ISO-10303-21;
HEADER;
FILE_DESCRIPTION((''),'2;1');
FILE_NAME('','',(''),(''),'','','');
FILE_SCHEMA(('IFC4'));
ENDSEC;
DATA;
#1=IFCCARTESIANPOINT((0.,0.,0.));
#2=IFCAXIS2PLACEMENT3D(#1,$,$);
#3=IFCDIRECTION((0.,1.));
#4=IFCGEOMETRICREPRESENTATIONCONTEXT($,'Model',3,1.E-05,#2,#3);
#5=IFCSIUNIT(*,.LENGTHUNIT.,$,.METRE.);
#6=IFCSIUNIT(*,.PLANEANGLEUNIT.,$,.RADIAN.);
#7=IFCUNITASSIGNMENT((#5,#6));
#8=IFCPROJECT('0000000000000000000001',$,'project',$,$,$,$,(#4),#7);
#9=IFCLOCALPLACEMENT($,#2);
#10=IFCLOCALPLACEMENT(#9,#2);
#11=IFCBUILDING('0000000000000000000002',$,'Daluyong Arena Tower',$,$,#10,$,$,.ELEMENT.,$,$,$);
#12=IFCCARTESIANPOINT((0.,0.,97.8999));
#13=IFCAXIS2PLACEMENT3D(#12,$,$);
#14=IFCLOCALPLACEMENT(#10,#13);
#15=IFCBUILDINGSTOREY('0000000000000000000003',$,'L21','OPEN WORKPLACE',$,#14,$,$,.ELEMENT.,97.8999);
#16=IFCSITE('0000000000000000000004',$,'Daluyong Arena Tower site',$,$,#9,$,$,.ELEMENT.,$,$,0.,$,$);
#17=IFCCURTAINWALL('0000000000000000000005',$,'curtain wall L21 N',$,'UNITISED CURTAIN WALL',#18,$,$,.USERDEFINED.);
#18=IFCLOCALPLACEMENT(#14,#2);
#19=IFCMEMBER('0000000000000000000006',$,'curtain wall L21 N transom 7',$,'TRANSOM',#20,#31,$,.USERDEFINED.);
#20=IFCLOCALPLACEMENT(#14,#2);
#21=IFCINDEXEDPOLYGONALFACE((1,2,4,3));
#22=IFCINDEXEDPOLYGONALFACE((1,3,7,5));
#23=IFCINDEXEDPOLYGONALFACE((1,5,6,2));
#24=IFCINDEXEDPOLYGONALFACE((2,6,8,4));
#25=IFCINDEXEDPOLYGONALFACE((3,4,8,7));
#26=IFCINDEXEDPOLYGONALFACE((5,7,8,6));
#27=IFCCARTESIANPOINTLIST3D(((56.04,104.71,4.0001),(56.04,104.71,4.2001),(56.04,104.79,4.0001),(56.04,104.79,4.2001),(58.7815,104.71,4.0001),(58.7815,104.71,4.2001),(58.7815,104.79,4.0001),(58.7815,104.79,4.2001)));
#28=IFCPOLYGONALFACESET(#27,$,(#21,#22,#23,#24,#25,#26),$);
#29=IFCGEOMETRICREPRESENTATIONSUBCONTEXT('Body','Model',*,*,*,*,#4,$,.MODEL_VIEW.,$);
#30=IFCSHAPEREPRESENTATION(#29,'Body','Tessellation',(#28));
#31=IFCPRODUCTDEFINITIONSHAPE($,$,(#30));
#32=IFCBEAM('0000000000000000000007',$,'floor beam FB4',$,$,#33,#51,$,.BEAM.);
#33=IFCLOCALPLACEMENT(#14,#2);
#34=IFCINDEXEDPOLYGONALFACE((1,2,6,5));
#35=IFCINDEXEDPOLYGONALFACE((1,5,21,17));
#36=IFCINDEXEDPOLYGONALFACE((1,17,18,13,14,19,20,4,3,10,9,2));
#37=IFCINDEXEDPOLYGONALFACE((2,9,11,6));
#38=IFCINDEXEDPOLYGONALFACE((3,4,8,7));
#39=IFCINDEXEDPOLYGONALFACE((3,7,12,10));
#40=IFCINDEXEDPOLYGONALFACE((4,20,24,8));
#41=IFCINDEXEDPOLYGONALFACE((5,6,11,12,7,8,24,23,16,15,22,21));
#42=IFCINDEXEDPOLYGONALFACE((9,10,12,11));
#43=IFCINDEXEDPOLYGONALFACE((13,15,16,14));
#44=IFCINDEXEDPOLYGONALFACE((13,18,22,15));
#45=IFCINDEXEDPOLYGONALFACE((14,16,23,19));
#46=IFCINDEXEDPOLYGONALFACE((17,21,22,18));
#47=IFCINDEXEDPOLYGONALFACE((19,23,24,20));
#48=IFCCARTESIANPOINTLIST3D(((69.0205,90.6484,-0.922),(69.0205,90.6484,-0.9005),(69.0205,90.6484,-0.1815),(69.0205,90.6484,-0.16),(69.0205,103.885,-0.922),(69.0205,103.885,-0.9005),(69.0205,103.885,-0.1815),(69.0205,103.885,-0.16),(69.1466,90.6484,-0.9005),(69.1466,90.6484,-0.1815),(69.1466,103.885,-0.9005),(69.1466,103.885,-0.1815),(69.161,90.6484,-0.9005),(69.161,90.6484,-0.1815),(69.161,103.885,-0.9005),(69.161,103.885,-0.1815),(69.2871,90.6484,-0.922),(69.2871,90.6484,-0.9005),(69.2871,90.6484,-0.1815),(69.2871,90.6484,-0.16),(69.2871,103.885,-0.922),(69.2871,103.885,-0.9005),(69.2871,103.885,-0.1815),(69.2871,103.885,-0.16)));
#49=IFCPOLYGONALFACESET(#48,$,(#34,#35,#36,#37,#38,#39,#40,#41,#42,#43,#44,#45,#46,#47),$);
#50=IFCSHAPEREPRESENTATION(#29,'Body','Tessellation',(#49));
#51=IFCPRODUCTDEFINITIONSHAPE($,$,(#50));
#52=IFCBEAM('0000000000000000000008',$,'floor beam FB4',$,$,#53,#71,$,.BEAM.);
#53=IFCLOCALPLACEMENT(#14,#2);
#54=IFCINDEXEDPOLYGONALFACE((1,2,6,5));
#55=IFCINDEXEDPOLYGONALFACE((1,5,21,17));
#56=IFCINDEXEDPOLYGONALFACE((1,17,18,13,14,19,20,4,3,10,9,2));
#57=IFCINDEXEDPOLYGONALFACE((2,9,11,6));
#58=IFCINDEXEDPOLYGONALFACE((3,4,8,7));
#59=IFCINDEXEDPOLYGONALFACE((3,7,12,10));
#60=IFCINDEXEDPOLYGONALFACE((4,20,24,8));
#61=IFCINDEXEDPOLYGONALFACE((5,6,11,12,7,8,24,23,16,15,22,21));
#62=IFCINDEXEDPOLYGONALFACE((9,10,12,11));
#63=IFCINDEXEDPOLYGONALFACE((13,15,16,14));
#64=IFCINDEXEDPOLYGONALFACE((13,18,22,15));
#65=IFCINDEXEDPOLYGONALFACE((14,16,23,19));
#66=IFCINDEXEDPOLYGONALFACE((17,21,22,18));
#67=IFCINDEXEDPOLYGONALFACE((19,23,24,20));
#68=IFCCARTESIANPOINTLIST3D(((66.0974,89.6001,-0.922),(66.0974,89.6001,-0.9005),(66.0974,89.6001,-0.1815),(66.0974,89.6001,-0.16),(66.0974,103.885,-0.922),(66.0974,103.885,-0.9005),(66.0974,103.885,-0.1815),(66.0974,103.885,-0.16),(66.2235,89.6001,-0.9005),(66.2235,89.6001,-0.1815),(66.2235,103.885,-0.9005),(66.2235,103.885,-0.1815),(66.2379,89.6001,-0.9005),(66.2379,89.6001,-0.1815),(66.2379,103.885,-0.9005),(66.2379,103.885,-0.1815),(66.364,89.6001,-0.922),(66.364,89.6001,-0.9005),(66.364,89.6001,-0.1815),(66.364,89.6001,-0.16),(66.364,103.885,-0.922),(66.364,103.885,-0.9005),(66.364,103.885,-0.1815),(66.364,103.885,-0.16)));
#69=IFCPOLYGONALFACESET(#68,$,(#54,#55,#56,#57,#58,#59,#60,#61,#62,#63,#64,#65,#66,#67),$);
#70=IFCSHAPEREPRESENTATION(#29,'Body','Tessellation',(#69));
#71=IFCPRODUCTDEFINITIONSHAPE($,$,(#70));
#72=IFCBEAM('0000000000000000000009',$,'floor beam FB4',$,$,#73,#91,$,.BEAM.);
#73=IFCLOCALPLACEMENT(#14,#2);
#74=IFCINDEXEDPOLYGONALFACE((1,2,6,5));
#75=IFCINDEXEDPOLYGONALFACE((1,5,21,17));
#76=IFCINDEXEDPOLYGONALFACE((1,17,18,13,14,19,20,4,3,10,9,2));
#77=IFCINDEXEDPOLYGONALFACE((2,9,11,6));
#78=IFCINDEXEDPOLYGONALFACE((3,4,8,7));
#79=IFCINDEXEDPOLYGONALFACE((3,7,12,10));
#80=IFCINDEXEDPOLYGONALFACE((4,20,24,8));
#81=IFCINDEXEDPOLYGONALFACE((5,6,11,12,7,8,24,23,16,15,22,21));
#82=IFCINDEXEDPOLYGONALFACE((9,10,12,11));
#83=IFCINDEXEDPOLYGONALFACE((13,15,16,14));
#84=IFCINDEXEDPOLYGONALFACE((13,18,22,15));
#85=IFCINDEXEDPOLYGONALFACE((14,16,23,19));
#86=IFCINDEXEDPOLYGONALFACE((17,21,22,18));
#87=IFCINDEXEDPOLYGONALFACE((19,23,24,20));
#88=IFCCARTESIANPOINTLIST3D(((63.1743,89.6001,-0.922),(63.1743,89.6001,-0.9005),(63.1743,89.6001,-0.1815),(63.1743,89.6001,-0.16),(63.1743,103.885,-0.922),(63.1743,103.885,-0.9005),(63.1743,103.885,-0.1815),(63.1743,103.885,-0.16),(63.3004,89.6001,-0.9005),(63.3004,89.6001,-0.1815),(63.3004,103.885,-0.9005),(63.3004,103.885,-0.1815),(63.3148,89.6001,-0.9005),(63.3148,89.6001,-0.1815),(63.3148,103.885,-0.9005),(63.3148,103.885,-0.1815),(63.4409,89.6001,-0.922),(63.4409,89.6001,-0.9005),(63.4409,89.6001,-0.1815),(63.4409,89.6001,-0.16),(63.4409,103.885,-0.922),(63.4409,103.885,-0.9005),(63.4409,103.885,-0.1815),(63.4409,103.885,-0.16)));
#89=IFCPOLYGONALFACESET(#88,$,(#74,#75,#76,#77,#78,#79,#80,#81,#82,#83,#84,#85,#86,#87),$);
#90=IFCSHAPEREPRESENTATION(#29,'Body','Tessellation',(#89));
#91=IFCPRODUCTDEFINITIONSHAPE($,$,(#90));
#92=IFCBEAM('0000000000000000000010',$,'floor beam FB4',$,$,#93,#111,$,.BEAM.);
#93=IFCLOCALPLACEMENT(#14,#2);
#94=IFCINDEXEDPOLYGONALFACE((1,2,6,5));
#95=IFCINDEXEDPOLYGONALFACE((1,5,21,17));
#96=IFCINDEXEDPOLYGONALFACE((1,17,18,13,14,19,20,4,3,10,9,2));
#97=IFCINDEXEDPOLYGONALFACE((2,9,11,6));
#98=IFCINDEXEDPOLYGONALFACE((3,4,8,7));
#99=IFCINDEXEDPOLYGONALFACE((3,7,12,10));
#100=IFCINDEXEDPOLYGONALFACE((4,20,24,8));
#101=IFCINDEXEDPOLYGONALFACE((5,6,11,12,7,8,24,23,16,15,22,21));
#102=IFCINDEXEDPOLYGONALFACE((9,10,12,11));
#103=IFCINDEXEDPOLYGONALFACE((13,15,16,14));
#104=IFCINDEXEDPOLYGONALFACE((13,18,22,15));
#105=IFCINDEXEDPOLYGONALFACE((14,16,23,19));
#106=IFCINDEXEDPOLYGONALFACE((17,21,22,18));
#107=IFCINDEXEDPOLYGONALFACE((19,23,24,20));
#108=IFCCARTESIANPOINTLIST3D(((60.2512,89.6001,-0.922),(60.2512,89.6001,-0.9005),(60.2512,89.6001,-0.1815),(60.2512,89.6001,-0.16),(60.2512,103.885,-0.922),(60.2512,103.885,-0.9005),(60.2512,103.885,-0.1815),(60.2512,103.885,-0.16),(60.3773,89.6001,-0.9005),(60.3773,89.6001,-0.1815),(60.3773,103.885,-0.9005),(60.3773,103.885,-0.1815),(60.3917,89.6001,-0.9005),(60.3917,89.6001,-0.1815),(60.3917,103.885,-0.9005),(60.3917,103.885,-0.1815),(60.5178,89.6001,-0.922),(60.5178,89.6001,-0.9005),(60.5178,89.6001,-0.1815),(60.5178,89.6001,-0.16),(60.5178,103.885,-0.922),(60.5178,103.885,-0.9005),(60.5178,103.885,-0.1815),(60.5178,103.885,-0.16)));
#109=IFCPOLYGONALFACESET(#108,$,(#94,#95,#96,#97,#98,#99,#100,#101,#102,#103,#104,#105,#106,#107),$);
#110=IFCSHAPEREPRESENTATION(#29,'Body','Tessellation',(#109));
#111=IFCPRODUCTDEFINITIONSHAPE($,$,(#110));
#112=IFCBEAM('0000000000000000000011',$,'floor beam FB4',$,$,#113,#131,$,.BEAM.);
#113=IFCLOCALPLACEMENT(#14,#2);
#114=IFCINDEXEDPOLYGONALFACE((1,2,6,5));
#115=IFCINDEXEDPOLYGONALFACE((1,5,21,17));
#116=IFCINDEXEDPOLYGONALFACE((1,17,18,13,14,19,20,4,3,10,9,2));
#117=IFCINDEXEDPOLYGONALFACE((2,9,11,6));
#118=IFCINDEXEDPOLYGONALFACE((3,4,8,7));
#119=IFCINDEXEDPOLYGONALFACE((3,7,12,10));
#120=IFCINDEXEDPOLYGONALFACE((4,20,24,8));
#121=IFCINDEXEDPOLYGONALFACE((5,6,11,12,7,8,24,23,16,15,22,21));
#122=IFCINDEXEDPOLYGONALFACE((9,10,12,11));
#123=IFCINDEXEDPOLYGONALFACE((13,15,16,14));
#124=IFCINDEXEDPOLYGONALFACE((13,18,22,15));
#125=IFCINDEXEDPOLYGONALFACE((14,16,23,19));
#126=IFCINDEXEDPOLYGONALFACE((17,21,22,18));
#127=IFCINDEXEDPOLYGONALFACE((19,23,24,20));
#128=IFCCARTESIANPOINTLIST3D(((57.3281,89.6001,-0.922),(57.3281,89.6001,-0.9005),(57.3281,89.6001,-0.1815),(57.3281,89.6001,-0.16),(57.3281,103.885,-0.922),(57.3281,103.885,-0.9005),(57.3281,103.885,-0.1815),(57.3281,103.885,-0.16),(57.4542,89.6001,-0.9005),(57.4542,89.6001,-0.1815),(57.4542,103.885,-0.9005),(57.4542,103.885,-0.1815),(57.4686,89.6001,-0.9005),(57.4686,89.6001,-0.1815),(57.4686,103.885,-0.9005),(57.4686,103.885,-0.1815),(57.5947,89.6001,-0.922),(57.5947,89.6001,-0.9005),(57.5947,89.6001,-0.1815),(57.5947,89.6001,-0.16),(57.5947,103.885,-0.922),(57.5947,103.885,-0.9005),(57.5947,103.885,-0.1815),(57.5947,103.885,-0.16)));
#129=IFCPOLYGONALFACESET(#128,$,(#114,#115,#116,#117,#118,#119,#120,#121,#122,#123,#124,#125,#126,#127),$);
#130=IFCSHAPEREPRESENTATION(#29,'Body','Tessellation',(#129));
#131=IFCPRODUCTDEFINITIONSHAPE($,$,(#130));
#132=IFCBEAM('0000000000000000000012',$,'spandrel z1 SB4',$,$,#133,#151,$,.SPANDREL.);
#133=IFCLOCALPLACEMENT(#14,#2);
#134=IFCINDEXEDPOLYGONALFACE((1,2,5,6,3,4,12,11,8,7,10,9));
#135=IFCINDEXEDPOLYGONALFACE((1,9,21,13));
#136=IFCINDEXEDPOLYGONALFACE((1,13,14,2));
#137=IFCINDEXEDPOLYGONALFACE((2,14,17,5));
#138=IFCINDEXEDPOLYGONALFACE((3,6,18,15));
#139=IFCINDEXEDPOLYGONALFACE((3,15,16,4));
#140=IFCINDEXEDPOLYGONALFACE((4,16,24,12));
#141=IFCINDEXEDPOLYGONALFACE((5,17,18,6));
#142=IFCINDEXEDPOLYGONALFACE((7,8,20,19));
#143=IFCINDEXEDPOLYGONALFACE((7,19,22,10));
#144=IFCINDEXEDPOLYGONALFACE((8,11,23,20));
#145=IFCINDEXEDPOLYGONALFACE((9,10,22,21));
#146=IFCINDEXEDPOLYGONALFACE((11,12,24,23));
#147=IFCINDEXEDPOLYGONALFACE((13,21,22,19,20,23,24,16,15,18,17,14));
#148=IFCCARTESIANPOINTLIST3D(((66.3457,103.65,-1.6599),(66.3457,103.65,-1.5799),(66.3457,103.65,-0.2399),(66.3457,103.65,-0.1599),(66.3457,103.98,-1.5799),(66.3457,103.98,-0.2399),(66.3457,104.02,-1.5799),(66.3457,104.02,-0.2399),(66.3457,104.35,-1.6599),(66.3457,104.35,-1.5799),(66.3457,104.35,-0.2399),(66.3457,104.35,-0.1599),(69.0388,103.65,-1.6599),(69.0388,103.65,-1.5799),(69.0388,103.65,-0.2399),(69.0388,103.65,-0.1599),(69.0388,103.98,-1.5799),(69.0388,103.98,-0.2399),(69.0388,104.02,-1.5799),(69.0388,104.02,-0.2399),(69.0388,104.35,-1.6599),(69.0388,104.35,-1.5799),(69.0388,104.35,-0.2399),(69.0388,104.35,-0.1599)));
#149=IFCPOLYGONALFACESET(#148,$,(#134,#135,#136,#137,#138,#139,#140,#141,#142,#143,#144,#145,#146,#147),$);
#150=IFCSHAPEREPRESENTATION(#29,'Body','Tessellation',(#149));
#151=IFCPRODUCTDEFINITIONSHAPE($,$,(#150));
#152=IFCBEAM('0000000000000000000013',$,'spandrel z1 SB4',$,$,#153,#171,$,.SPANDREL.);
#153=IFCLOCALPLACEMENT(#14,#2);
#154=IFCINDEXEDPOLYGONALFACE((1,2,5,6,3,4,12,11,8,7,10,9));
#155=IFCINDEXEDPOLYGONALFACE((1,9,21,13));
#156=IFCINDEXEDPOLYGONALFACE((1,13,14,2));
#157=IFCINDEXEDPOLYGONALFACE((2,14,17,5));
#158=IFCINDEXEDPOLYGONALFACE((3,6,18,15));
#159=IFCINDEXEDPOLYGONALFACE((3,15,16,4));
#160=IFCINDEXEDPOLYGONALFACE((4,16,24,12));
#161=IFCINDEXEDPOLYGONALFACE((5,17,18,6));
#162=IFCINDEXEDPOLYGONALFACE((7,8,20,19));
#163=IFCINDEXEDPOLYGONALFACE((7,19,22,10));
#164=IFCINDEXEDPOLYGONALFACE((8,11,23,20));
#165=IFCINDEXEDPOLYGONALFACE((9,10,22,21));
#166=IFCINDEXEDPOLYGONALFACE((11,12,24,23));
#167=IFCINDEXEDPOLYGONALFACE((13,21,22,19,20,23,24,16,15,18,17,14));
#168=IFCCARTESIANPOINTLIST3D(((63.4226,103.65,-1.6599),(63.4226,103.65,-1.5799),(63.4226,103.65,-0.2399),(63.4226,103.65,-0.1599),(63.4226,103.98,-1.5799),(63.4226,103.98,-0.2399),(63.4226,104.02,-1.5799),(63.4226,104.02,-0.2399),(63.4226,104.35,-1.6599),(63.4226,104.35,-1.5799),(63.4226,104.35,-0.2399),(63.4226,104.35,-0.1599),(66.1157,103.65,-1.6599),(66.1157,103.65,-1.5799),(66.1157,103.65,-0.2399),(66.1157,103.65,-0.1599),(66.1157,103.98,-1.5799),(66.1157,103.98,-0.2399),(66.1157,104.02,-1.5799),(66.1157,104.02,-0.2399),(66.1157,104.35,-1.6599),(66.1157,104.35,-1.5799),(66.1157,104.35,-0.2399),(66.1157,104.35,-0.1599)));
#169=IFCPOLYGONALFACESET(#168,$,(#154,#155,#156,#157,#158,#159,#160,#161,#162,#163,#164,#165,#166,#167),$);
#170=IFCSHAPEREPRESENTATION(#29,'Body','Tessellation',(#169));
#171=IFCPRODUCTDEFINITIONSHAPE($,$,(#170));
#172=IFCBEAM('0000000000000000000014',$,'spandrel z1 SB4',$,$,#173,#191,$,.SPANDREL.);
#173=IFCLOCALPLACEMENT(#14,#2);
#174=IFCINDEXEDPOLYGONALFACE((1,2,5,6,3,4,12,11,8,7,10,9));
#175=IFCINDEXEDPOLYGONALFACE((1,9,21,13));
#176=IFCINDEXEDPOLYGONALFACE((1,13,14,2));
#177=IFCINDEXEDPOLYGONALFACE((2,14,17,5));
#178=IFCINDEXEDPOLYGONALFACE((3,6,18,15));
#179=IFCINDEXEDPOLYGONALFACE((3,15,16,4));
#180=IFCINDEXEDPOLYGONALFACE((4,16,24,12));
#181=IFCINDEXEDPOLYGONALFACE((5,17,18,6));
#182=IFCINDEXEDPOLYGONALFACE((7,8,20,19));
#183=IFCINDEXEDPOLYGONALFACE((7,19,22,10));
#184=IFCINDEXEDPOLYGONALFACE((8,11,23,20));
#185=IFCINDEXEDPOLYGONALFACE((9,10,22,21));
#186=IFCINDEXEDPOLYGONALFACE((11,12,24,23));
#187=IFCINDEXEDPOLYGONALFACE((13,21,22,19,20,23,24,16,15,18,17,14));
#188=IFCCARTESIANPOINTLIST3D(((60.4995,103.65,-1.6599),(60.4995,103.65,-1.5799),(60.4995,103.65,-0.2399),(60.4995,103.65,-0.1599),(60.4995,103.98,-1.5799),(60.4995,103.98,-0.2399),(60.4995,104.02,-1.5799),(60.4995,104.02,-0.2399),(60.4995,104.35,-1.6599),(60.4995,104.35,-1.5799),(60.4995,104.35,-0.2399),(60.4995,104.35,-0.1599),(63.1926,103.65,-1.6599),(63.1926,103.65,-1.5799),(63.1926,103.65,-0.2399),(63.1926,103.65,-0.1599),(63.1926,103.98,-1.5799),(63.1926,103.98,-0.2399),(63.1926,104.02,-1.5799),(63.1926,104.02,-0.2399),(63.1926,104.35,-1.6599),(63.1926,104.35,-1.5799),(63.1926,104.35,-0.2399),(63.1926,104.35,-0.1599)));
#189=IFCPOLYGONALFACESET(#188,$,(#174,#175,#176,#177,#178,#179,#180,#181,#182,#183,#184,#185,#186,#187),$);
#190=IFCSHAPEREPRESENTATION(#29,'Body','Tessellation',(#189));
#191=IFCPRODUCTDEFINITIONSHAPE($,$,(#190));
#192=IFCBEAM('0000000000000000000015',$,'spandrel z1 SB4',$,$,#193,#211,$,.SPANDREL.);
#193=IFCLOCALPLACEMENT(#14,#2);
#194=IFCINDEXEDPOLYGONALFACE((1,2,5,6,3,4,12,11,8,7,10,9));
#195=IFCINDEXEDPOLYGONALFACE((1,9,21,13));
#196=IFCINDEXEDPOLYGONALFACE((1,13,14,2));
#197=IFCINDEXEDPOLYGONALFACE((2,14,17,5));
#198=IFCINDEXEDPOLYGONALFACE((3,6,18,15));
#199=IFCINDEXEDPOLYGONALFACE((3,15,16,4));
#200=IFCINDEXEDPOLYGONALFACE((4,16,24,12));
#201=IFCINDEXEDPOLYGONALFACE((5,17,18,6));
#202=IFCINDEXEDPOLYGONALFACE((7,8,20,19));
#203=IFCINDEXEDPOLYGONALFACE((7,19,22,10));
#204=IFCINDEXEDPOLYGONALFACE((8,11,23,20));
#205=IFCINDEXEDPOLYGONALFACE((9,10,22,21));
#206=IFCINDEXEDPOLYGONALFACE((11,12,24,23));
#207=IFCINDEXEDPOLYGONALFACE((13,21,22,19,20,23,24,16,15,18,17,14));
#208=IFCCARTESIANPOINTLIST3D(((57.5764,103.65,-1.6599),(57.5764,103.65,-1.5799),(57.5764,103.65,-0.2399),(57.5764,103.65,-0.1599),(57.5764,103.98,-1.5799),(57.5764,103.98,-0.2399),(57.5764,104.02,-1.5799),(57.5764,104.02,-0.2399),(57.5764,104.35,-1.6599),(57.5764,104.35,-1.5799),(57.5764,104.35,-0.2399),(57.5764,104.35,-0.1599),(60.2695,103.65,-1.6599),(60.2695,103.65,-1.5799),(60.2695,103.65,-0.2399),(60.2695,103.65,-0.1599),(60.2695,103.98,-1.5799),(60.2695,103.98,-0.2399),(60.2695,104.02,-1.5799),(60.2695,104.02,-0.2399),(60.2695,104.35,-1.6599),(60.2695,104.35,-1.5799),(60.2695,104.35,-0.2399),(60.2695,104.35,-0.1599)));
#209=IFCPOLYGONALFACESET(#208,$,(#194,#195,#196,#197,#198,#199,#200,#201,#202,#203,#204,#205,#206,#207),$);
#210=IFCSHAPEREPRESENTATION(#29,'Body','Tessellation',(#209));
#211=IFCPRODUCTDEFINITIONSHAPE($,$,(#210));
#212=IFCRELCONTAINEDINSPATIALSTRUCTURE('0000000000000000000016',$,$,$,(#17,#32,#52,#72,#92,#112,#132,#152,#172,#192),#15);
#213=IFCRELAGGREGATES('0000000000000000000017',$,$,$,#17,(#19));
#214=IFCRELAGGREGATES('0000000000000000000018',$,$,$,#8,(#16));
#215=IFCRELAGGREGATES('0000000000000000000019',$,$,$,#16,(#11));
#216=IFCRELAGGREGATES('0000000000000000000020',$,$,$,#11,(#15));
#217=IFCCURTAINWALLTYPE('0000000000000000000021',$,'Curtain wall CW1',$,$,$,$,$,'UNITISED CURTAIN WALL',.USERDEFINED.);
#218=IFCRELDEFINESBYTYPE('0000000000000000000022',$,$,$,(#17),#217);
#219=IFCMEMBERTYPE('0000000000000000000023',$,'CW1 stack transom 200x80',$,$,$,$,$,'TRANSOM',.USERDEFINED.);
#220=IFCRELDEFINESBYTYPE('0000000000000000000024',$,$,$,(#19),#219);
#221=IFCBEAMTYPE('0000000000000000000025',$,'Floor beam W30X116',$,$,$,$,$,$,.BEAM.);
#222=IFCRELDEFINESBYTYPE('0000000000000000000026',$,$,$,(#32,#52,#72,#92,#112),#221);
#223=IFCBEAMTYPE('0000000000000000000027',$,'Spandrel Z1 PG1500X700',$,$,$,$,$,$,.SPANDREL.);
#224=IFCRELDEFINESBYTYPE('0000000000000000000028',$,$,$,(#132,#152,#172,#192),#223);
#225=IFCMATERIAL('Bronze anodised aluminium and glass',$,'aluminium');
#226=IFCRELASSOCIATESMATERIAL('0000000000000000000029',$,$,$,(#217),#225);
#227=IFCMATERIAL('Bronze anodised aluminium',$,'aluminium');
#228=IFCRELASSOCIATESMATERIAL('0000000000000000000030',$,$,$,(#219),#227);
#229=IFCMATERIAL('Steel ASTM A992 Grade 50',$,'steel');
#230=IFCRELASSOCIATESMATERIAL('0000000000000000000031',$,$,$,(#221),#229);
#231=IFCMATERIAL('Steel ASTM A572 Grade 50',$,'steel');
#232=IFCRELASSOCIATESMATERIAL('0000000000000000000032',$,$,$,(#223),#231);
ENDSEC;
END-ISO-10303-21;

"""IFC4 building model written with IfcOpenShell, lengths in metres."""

from ifc_helpers import new_model, si_unit, direction, frame, origin, origin_2d, place, context, subcontext, project, spatial, rectangle, i_section, extrude, material, material_profile, profile_set, type_object, element, aggregate, save


model = new_model("IFC4")

# Units and contexts
model_context = context("Model", 3, precision=1e-05, world=origin(), true_north=direction((0.0, 1.0)))
body_context = subcontext(model_context, "Body", "Model", "MODEL_VIEW")
ifc_project = project(units=[si_unit("LENGTHUNIT", "METRE"), si_unit("PLANEANGLEUNIT", "RADIAN")], contexts=[model_context])

# Site, building, storey
site_placement = place(None, origin())
site = spatial("IfcSite", under=ifc_project, at=site_placement, Name="Daluyong Arena Tower site", CompositionType="ELEMENT", RefElevation=0.0)
building_placement = place(site_placement, origin())
building = spatial("IfcBuilding", under=site, at=building_placement, Name="Daluyong Arena Tower", CompositionType="ELEMENT")
storey_placement = place(building_placement, frame((0.0, 0.0, 97.8999)))
storey = spatial("IfcBuildingStorey", under=building, at=storey_placement, Name="L21", Description="OPEN WORKPLACE", CompositionType="ELEMENT", Elevation=97.8999)

# Curtain wall, member
ifc_material_1 = material(Name="Bronze anodised aluminium and glass", Category="aluminium")
curtain_wall_type = type_object("IfcCurtainWallType", Name="Curtain wall CW1", ElementType="UNITISED CURTAIN WALL", PredefinedType="USERDEFINED", material=ifc_material_1)
curtain_wall_placement = place(storey_placement, origin())
curtain_wall = element("IfcCurtainWall", 1, at=curtain_wall_placement, inside=storey, type_object=curtain_wall_type, Name="curtain wall L21 N", ObjectType="UNITISED CURTAIN WALL", PredefinedType="USERDEFINED")
ifc_material_2 = material(Name="Bronze anodised aluminium", Category="aluminium")
ifc_material_profile_1 = material_profile(ifc_material_2, rectangle(XDim=0.0801, YDim=0.2, at=origin_2d()))
ifc_profile_set_1 = profile_set([ifc_material_profile_1], Name="Bronze anodised aluminium")
member_type_1 = type_object("IfcMemberType", Name="CW1 stack transom 200x80", ElementType="TRANSOM", PredefinedType="USERDEFINED", material=ifc_profile_set_1)
member_1_placement = place(storey_placement, frame((58.7815, 104.75, 4.1001), z_axis=(-1.0, 0.0, 0.0), x_axis=(0.0, -1.0, 0.0)))
member_1 = element("IfcMember", 2, at=member_1_placement, type_object=member_type_1, Name="curtain wall L21 N transom 7", ObjectType="TRANSOM", PredefinedType="USERDEFINED", context=body_context, shape_type="SweptSolid", body=[
    extrude(rectangle(XDim=0.0801, YDim=0.2, at=origin_2d()), origin(), (0.0, 0.0, 1.0), 2.7415),
])

# Beams
ifc_material_3 = material(Name="Steel ASTM A992 Grade 50", Category="steel")
ifc_material_profile_2 = material_profile(ifc_material_3, i_section(OverallWidth=0.2666, OverallDepth=0.762, WebThickness=0.0144, FlangeThickness=0.0215, at=origin_2d()))
ifc_profile_set_2 = profile_set([ifc_material_profile_2], Name="Steel ASTM A992 Grade 50")
beam_type_1 = type_object("IfcBeamType", Name="Floor beam W30X116", PredefinedType="BEAM", material=ifc_profile_set_2)
beam_1_placement = place(storey_placement, frame((69.1538, 103.885, -0.541), z_axis=(0.0, -1.0, 0.0), x_axis=(1.0, 0.0, 0.0)))
element("IfcBeam", 3, at=beam_1_placement, inside=storey, type_object=beam_type_1, Name="floor beam FB4", PredefinedType="BEAM", context=body_context, shape_type="SweptSolid", body=[
    extrude(i_section(OverallWidth=0.2666, OverallDepth=0.762, WebThickness=0.0144, FlangeThickness=0.0215, at=origin_2d()), origin(), (0.0, 0.0, 1.0), 13.2366),
])
for number, where, z_axis, x_axis, name in (
    (4, (66.2307, 103.885, -0.541), (0.0, -1.0, 0.0), (1.0, 0.0, 0.0), "floor beam FB4"),
    (5, (63.3076, 103.885, -0.541), (0.0, -1.0, 0.0), (1.0, 0.0, 0.0), "floor beam FB4"),
    (6, (60.3845, 103.885, -0.541), (0.0, -1.0, 0.0), (1.0, 0.0, 0.0), "floor beam FB4"),
    (7, (57.4614, 103.885, -0.541), (0.0, -1.0, 0.0), (1.0, 0.0, 0.0), "floor beam FB4"),
):
    element("IfcBeam", number, at=place(storey_placement, frame(where, z_axis=z_axis, x_axis=x_axis)), inside=storey, type_object=beam_type_1, Name=name, PredefinedType="BEAM", context=body_context, shape_type="SweptSolid", body=[
        extrude(i_section(OverallWidth=0.2666, OverallDepth=0.762, WebThickness=0.0144, FlangeThickness=0.0215, at=origin_2d()), origin(), (0.0, 0.0, 1.0), 14.2849),
    ])
ifc_material_4 = material(Name="Steel ASTM A572 Grade 50", Category="steel")
ifc_material_profile_3 = material_profile(ifc_material_4, i_section(OverallWidth=0.7, OverallDepth=1.5, WebThickness=0.04, FlangeThickness=0.08, at=origin_2d()))
ifc_profile_set_3 = profile_set([ifc_material_profile_3], Name="Steel ASTM A572 Grade 50")
beam_type_2 = type_object("IfcBeamType", Name="Spandrel Z1 PG1500X700", PredefinedType="SPANDREL", material=ifc_profile_set_3)
for number, where, z_axis, x_axis, name in (
    (8, (69.0388, 104.0, -0.9099), (-1.0, 0.0, 0.0), (0.0, -1.0, 0.0), "spandrel z1 SB4"),
    (9, (66.1157, 104.0, -0.9099), (-1.0, 0.0, 0.0), (0.0, -1.0, 0.0), "spandrel z1 SB4"),
    (10, (63.1926, 104.0, -0.9099), (-1.0, 0.0, 0.0), (0.0, -1.0, 0.0), "spandrel z1 SB4"),
    (11, (60.2695, 104.0, -0.9099), (-1.0, 0.0, 0.0), (0.0, -1.0, 0.0), "spandrel z1 SB4"),
):
    element("IfcBeam", number, at=place(storey_placement, frame(where, z_axis=z_axis, x_axis=x_axis)), inside=storey, type_object=beam_type_2, Name=name, PredefinedType="SPANDREL", context=body_context, shape_type="SweptSolid", body=[
        extrude(i_section(OverallWidth=0.7, OverallDepth=1.5, WebThickness=0.04, FlangeThickness=0.08, at=origin_2d()), origin(), (0.0, 0.0, 1.0), 2.6931),
    ])

aggregate(curtain_wall, [member_1])

save(model, "model.ifc")
